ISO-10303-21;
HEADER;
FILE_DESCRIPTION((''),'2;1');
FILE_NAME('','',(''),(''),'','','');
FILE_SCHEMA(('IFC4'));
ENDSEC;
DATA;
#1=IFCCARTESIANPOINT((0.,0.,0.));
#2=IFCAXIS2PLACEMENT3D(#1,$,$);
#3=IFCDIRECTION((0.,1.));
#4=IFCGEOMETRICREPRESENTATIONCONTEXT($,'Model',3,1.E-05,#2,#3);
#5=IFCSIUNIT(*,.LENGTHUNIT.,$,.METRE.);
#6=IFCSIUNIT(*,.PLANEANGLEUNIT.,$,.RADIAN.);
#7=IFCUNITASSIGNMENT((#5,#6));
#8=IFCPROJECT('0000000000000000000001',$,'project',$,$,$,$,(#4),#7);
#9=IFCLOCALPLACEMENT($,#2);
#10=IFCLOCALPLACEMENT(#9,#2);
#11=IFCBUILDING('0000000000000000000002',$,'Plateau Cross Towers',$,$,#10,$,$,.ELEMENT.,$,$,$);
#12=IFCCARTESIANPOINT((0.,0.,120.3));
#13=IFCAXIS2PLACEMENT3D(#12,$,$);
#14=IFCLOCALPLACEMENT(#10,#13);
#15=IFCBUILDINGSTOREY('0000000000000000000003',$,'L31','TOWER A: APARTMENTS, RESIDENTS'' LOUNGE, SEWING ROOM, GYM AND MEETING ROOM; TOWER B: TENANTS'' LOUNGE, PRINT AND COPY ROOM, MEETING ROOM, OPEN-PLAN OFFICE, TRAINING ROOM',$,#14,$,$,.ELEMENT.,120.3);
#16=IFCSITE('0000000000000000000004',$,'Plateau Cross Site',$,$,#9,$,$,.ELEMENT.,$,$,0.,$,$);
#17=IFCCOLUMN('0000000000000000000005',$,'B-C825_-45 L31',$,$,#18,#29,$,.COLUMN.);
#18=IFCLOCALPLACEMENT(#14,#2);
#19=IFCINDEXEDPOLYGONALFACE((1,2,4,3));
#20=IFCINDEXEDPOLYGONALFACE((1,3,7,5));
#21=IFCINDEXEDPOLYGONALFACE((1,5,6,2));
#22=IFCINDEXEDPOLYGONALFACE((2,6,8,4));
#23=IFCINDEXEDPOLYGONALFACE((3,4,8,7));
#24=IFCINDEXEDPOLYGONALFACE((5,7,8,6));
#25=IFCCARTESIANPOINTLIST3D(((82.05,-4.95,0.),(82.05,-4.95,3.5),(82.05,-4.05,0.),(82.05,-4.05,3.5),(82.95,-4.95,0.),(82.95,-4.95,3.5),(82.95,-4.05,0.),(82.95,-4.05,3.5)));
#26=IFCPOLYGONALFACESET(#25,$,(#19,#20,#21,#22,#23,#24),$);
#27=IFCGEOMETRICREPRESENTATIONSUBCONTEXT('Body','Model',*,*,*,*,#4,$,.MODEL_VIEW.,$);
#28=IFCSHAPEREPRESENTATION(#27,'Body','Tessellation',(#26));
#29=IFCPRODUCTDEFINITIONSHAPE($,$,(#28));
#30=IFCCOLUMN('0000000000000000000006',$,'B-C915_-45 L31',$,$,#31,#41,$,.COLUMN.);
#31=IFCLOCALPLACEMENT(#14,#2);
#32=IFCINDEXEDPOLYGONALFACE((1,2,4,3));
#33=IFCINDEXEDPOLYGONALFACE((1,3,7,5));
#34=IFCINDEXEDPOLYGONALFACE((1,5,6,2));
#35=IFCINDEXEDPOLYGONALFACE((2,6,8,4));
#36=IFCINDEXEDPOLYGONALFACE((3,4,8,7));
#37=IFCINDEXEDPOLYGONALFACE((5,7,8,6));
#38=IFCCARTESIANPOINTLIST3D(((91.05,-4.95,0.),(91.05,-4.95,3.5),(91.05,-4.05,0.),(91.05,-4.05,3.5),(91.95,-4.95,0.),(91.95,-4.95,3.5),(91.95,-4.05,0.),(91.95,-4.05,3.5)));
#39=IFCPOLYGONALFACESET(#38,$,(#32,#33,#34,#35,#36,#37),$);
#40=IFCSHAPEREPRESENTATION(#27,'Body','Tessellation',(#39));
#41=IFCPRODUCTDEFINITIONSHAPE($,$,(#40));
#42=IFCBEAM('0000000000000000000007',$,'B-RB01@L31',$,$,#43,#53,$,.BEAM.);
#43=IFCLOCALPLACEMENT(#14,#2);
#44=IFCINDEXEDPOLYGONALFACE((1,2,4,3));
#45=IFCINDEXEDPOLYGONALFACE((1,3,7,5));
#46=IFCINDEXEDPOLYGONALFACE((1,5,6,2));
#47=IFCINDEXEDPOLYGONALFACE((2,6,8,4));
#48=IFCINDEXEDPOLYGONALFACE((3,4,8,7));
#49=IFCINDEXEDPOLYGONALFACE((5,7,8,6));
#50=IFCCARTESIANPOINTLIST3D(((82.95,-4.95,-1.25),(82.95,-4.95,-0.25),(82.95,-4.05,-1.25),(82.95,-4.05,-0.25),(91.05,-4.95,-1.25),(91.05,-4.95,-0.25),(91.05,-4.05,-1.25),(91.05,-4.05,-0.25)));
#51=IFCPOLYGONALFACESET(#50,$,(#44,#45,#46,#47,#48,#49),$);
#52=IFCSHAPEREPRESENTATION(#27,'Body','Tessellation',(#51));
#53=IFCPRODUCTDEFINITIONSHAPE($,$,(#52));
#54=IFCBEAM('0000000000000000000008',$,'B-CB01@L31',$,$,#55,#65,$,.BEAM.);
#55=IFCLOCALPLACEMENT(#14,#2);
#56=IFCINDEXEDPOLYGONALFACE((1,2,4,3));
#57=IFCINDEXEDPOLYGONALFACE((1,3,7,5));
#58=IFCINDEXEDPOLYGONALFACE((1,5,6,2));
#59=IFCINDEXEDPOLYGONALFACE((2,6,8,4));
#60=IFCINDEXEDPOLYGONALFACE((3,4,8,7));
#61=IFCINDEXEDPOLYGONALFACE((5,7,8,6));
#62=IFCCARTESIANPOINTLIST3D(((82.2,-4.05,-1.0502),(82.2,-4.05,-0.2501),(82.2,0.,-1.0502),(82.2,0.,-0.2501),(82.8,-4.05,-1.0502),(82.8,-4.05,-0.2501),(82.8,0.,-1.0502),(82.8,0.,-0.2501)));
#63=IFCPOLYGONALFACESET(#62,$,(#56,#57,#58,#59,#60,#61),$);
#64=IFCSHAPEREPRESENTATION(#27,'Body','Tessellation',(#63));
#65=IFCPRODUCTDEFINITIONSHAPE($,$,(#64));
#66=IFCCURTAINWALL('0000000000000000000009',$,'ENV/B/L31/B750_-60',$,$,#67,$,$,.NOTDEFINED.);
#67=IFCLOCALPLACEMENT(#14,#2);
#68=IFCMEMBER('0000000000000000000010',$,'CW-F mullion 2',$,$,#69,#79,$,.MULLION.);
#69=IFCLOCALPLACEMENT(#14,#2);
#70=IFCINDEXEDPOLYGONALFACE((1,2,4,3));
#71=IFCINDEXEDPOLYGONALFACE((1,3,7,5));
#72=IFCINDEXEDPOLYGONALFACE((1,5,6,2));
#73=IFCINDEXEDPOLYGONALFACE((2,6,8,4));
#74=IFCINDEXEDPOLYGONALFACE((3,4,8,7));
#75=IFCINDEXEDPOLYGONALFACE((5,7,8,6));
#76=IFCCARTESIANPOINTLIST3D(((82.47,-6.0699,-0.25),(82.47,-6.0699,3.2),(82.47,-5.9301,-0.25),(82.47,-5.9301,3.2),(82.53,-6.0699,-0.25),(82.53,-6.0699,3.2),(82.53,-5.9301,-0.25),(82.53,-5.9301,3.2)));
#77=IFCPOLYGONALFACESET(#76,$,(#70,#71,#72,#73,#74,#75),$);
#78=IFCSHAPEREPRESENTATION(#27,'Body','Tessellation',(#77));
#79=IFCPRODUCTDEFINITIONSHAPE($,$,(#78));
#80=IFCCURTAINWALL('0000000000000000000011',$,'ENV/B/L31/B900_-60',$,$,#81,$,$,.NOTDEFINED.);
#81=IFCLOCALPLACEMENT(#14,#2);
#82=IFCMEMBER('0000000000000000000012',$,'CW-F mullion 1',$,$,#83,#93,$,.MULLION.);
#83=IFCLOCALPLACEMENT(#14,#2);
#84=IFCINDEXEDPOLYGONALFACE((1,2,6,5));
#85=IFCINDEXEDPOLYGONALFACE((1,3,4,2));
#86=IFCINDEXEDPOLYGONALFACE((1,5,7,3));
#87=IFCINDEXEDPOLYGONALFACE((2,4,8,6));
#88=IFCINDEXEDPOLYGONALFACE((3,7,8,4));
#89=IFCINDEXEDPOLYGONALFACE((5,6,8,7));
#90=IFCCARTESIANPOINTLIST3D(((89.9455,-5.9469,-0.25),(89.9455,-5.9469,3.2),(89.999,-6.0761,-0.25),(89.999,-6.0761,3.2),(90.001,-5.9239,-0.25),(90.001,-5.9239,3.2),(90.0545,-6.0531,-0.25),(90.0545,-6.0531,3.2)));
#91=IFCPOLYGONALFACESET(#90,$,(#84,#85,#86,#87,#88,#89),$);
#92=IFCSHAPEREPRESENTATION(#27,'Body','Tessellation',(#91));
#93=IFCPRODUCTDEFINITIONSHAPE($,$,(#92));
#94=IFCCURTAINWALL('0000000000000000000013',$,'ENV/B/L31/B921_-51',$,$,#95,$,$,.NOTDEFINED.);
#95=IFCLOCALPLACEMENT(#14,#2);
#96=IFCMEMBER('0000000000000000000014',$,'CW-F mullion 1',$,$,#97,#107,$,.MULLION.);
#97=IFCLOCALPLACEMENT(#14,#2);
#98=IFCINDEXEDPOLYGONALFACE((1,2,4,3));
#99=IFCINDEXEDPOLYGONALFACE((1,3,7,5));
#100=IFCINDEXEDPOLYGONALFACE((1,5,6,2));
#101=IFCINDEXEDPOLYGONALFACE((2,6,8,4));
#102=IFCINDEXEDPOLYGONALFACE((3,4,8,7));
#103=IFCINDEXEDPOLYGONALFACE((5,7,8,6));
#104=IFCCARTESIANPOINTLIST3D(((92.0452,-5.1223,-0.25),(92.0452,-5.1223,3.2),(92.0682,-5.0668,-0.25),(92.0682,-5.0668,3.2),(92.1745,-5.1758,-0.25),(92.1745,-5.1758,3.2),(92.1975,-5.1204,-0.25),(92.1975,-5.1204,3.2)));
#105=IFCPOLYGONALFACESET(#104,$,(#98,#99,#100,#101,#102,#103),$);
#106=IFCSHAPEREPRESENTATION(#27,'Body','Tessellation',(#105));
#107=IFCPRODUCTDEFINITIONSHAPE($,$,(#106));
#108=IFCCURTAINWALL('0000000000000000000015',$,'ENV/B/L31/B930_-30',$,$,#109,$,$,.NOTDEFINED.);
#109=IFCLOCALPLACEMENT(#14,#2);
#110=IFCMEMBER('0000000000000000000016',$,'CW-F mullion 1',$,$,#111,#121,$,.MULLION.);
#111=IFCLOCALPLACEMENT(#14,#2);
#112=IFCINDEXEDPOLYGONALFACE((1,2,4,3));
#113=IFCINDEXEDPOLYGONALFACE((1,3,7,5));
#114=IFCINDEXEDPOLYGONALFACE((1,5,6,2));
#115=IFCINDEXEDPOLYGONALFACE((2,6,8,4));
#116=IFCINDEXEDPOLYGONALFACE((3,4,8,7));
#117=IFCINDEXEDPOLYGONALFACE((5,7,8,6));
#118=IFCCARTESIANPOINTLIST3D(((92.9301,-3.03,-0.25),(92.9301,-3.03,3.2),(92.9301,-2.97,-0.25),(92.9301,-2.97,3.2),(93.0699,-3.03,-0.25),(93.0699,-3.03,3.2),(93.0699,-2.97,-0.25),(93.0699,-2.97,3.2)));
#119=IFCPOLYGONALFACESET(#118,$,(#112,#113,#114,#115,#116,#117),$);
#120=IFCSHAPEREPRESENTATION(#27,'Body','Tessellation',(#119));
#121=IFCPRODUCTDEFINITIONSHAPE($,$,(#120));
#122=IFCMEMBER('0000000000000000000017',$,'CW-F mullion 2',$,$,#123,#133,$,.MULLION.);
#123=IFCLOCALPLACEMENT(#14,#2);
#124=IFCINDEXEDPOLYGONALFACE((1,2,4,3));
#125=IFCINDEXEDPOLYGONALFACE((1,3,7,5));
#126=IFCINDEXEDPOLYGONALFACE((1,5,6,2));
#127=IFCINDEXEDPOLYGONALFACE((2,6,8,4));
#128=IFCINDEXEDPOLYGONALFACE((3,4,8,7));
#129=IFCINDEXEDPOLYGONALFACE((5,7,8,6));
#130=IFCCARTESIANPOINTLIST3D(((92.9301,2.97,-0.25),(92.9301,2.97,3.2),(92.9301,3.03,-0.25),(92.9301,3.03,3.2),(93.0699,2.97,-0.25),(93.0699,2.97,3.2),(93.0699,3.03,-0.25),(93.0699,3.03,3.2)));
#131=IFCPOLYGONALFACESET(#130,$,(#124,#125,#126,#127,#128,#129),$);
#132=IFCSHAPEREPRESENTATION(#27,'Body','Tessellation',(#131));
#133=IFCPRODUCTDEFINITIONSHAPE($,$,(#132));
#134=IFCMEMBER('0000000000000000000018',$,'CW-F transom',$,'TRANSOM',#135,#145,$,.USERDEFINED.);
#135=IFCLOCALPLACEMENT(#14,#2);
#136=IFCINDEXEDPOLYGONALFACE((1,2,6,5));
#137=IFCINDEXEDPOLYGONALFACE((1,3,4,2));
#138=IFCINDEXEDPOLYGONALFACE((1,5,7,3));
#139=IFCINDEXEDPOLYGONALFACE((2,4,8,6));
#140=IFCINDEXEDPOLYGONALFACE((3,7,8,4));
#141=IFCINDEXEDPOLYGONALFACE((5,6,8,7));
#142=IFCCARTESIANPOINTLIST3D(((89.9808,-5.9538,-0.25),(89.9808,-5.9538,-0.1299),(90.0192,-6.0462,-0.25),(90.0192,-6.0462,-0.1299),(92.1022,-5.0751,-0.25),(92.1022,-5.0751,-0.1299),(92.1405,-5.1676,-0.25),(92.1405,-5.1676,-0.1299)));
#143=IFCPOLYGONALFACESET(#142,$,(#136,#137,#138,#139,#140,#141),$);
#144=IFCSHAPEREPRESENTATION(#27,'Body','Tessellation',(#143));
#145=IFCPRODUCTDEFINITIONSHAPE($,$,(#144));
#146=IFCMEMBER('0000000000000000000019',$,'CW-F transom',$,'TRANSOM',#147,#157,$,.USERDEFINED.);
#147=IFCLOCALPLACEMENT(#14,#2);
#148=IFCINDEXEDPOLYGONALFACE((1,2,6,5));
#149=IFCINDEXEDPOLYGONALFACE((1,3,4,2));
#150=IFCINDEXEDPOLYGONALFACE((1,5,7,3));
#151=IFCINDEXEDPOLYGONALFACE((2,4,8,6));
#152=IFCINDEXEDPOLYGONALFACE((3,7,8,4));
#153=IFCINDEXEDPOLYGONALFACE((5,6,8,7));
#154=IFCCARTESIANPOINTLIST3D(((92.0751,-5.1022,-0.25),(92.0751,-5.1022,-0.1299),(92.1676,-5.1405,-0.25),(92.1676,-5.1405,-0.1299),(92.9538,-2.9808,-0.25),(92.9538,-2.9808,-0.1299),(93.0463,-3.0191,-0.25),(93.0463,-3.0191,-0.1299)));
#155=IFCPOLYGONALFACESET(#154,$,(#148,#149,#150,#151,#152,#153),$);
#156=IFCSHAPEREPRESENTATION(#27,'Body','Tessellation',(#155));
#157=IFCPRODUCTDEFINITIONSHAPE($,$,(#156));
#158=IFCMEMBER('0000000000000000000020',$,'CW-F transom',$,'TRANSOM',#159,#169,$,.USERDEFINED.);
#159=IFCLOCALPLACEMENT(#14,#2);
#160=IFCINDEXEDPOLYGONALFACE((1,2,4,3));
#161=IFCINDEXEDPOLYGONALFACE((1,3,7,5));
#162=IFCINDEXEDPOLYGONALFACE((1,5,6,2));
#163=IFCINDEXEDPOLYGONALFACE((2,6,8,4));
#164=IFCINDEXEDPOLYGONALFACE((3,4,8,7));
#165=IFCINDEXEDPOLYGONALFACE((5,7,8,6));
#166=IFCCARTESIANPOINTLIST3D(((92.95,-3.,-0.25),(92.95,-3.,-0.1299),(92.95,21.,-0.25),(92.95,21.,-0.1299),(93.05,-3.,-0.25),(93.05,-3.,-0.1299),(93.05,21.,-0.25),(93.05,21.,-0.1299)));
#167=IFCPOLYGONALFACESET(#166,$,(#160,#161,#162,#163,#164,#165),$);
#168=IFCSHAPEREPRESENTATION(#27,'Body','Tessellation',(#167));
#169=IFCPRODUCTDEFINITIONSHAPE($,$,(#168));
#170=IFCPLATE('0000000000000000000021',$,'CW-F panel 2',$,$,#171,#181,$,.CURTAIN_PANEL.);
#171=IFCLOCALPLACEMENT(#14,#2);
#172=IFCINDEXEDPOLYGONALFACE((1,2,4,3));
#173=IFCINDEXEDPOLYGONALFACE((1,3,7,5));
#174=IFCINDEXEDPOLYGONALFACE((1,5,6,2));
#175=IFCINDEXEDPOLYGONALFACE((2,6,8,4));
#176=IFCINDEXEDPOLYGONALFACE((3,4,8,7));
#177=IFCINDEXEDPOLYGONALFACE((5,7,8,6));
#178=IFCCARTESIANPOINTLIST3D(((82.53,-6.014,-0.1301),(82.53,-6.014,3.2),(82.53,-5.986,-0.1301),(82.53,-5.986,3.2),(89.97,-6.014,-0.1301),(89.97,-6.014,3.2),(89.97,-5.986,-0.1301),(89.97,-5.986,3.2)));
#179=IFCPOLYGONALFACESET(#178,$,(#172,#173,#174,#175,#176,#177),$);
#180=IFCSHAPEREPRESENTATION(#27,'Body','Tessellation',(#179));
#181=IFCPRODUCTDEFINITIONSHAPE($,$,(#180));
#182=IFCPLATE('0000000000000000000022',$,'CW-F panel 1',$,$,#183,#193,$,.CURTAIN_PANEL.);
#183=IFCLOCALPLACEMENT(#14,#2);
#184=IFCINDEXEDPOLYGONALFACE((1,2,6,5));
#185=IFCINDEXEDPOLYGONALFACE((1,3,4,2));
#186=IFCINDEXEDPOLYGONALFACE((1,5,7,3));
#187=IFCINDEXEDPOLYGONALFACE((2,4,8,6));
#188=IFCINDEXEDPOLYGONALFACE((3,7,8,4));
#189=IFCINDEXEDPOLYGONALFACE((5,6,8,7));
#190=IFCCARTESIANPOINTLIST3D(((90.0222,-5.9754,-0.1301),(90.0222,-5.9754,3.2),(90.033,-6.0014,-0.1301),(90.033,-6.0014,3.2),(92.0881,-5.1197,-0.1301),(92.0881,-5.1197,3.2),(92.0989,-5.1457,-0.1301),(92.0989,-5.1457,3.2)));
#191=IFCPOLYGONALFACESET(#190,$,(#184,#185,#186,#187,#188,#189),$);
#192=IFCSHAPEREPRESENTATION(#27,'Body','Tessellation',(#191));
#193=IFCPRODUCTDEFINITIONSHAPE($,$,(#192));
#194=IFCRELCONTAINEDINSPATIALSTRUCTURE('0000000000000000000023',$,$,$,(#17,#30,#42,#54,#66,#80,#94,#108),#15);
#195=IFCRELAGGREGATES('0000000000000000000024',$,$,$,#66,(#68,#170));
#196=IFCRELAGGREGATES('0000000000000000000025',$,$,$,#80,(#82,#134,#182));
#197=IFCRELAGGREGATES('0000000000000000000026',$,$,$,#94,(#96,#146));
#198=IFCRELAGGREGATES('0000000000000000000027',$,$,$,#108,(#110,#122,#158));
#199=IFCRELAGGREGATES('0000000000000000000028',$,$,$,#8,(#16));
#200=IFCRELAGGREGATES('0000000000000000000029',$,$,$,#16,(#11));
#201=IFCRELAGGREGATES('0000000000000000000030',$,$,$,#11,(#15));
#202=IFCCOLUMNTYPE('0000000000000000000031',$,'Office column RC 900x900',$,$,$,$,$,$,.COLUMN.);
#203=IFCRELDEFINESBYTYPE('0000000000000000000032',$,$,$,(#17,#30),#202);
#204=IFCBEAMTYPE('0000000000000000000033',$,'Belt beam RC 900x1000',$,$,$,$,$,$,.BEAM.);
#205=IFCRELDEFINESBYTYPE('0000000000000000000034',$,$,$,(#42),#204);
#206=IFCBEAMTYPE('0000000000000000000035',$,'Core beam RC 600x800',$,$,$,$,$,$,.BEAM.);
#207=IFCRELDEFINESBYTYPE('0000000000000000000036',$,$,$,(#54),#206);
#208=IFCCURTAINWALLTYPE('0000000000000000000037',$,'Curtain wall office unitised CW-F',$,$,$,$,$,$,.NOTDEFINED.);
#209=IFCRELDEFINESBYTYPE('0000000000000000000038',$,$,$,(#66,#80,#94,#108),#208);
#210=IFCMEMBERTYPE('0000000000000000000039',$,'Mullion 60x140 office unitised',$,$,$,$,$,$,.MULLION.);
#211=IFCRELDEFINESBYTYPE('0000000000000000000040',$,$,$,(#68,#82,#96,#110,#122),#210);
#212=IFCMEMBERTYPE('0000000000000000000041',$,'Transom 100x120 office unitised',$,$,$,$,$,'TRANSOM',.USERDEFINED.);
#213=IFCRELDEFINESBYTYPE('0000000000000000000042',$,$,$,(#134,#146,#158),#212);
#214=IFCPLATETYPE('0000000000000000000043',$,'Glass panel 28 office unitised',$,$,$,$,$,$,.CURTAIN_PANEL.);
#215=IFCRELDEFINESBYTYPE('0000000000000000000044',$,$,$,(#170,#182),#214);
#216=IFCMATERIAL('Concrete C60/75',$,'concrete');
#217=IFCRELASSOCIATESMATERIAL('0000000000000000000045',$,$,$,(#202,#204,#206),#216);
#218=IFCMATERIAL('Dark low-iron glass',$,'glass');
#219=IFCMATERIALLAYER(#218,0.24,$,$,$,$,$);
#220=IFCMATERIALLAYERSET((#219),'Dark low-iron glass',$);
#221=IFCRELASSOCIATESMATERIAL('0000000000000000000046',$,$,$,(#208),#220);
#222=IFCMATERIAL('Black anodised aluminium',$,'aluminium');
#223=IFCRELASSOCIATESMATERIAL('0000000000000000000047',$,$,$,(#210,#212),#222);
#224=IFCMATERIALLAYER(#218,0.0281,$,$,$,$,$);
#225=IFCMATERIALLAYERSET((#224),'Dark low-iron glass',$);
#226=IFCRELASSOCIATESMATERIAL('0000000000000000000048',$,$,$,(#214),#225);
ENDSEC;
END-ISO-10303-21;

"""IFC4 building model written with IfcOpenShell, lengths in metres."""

from ifc_helpers import new_model, si_unit, direction, frame, origin, origin_2d, place, context, subcontext, project, spatial, rectangle, extrude, material, layer, layer_set, material_profile, profile_set, type_object, element, aggregate, save


model = new_model("IFC4")

# Units and contexts
model_context = context("Model", 3, precision=1e-05, world=origin(), true_north=direction((0.0, 1.0)))
body_context = subcontext(model_context, "Body", "Model", "MODEL_VIEW")
ifc_project = project(units=[si_unit("LENGTHUNIT", "METRE"), si_unit("PLANEANGLEUNIT", "RADIAN")], contexts=[model_context])

# Site, building, storey
site_placement = place(None, origin())
site = spatial("IfcSite", under=ifc_project, at=site_placement, Name="Plateau Cross Site", CompositionType="ELEMENT", RefElevation=0.0)
building_placement = place(site_placement, origin())
building = spatial("IfcBuilding", under=site, at=building_placement, Name="Plateau Cross Towers", CompositionType="ELEMENT")
storey_placement = place(building_placement, frame((0.0, 0.0, 120.3)))
storey = spatial("IfcBuildingStorey", under=building, at=storey_placement, Name="L31", Description="TOWER A: APARTMENTS, RESIDENTS' LOUNGE, SEWING ROOM, GYM AND MEETING ROOM; TOWER B: TENANTS' LOUNGE, PRINT AND COPY ROOM, MEETING ROOM, OPEN-PLAN OFFICE, TRAINING ROOM", CompositionType="ELEMENT", Elevation=120.3)

# Columns
ifc_material_1 = material(Name="Concrete C60/75", Category="concrete")
ifc_material_profile_1 = material_profile(ifc_material_1, rectangle(XDim=0.8999, YDim=0.8999, at=origin_2d()), Name="RC 900x900")
ifc_profile_set_1 = profile_set([ifc_material_profile_1], Name="Concrete C60/75")
column_type = type_object("IfcColumnType", Name="Office column RC 900x900", PredefinedType="COLUMN", material=ifc_profile_set_1)
for number, where, z_axis, x_axis, name in (
    (1, (82.5, -4.5, 0.0), (0.0, 0.0, 1.0), (1.0, 0.0, 0.0), "B-C825_-45 L31"),
    (2, (91.5, -4.5, 0.0), (0.0, 0.0, 1.0), (1.0, 0.0, 0.0), "B-C915_-45 L31"),
):
    element("IfcColumn", number, at=place(storey_placement, frame(where, z_axis=z_axis, x_axis=x_axis)), inside=storey, type_object=column_type, Name=name, PredefinedType="COLUMN", context=body_context, shape_type="SweptSolid", body=[
        extrude(rectangle(XDim=0.8999, YDim=0.8999, at=origin_2d()), origin(), (0.0, 0.0, 1.0), 3.5),
    ])

# Beams
ifc_material_profile_2 = material_profile(ifc_material_1, rectangle(XDim=0.8999, YDim=1.0, at=origin_2d()), Name="RC 900x1000")
ifc_profile_set_2 = profile_set([ifc_material_profile_2], Name="Concrete C60/75")
beam_type_1 = type_object("IfcBeamType", Name="Belt beam RC 900x1000", PredefinedType="BEAM", material=ifc_profile_set_2)
beam_1_placement = place(storey_placement, frame((82.95, -4.5, -0.75), z_axis=(1.0, 0.0, 0.0), x_axis=(0.0, 1.0, 0.0)))
element("IfcBeam", 3, at=beam_1_placement, inside=storey, type_object=beam_type_1, Name="B-RB01@L31", PredefinedType="BEAM", context=body_context, shape_type="SweptSolid", body=[
    extrude(rectangle(XDim=0.8999, YDim=1.0, at=origin_2d()), origin(), (0.0, 0.0, 1.0), 8.1001),
])
ifc_material_profile_3 = material_profile(ifc_material_1, rectangle(XDim=0.6001, YDim=0.8, at=origin_2d()), Name="RC 600x800")
ifc_profile_set_3 = profile_set([ifc_material_profile_3], Name="Concrete C60/75")
beam_type_2 = type_object("IfcBeamType", Name="Core beam RC 600x800", PredefinedType="BEAM", material=ifc_profile_set_3)
beam_2_placement = place(storey_placement, frame((82.5, 0.0, -0.6501), z_axis=(0.0, -1.0, 0.0), x_axis=(1.0, 0.0, 0.0)))
element("IfcBeam", 4, at=beam_2_placement, inside=storey, type_object=beam_type_2, Name="B-CB01@L31", PredefinedType="BEAM", context=body_context, shape_type="SweptSolid", body=[
    extrude(rectangle(XDim=0.6001, YDim=0.8, at=origin_2d()), origin(), (0.0, 0.0, 1.0), 4.05),
])

# Curtain walls, members
ifc_material_2 = material(Name="Dark low-iron glass", Category="glass")
ifc_layer_1 = layer(ifc_material_2, 0.24)
ifc_layer_set_1 = layer_set([ifc_layer_1], Name="Dark low-iron glass")
curtain_wall_type = type_object("IfcCurtainWallType", Name="Curtain wall office unitised CW-F", PredefinedType="NOTDEFINED", material=ifc_layer_set_1)
curtain_wall_1_placement = place(storey_placement, origin())
curtain_wall_1 = element("IfcCurtainWall", 5, at=curtain_wall_1_placement, inside=storey, type_object=curtain_wall_type, Name="ENV/B/L31/B750_-60", PredefinedType="NOTDEFINED")
ifc_material_3 = material(Name="Black anodised aluminium", Category="aluminium")
ifc_material_profile_4 = material_profile(ifc_material_3, rectangle(XDim=0.0601, YDim=0.1399, at=origin_2d()), Name="MULLION 60x140")
ifc_profile_set_4 = profile_set([ifc_material_profile_4], Name="Black anodised aluminium")
member_type_1 = type_object("IfcMemberType", Name="Mullion 60x140 office unitised", PredefinedType="MULLION", material=ifc_profile_set_4)
member_1_placement = place(storey_placement, frame((82.5, -6.0, -0.25), z_axis=(0.0, 0.0, 1.0), x_axis=(1.0, 0.0, 0.0)))
member_1 = element("IfcMember", 6, at=member_1_placement, type_object=member_type_1, Name="CW-F mullion 2", PredefinedType="MULLION", context=body_context, shape_type="SweptSolid", body=[
    extrude(rectangle(XDim=0.0601, YDim=0.1399, at=origin_2d()), origin(), (0.0, 0.0, 1.0), 3.45),
])
curtain_wall_2_placement = place(storey_placement, origin())
curtain_wall_2 = element("IfcCurtainWall", 7, at=curtain_wall_2_placement, inside=storey, type_object=curtain_wall_type, Name="ENV/B/L31/B900_-60", PredefinedType="NOTDEFINED")
member_2_placement = place(storey_placement, frame((90.0, -6.0, -0.25), z_axis=(0.0, 0.0, 1.0), x_axis=(0.923879, 0.382684, 0.0)))
member_2 = element("IfcMember", 8, at=member_2_placement, type_object=member_type_1, Name="CW-F mullion 1", PredefinedType="MULLION", context=body_context, shape_type="SweptSolid", body=[
    extrude(rectangle(XDim=0.0601, YDim=0.1399, at=origin_2d()), origin(), (0.0, 0.0, 1.0), 3.45),
])
curtain_wall_3_placement = place(storey_placement, origin())
curtain_wall_3 = element("IfcCurtainWall", 9, at=curtain_wall_3_placement, inside=storey, type_object=curtain_wall_type, Name="ENV/B/L31/B921_-51", PredefinedType="NOTDEFINED")
member_3_placement = place(storey_placement, frame((92.1213, -5.1213, -0.25), z_axis=(0.0, 0.0, 1.0), x_axis=(0.382684, 0.923879, 0.0)))
member_3 = element("IfcMember", 10, at=member_3_placement, type_object=member_type_1, Name="CW-F mullion 1", PredefinedType="MULLION", context=body_context, shape_type="SweptSolid", body=[
    extrude(rectangle(XDim=0.0601, YDim=0.1399, at=origin_2d()), origin(), (0.0, 0.0, 1.0), 3.45),
])

# Curtain wall, members
curtain_wall_4_placement = place(storey_placement, origin())
curtain_wall_4 = element("IfcCurtainWall", 11, at=curtain_wall_4_placement, inside=storey, type_object=curtain_wall_type, Name="ENV/B/L31/B930_-30", PredefinedType="NOTDEFINED")
member_4_placement = place(storey_placement, frame((93.0, -3.0, -0.25), z_axis=(0.0, 0.0, 1.0), x_axis=(0.0, 1.0, 0.0)))
member_4 = element("IfcMember", 12, at=member_4_placement, type_object=member_type_1, Name="CW-F mullion 1", PredefinedType="MULLION", context=body_context, shape_type="SweptSolid", body=[
    extrude(rectangle(XDim=0.0601, YDim=0.1399, at=origin_2d()), origin(), (0.0, 0.0, 1.0), 3.45),
])
member_5_placement = place(storey_placement, frame((93.0, 3.0, -0.25), z_axis=(0.0, 0.0, 1.0), x_axis=(0.0, 1.0, 0.0)))
member_5 = element("IfcMember", 13, at=member_5_placement, type_object=member_type_1, Name="CW-F mullion 2", PredefinedType="MULLION", context=body_context, shape_type="SweptSolid", body=[
    extrude(rectangle(XDim=0.0601, YDim=0.1399, at=origin_2d()), origin(), (0.0, 0.0, 1.0), 3.45),
])

# Members
ifc_material_profile_5 = material_profile(ifc_material_3, rectangle(XDim=0.1001, YDim=0.1201, at=origin_2d()), Name="TRANSOM 100x120")
ifc_profile_set_5 = profile_set([ifc_material_profile_5], Name="Black anodised aluminium")
member_type_2 = type_object("IfcMemberType", Name="Transom 100x120 office unitised", ElementType="TRANSOM", PredefinedType="USERDEFINED", material=ifc_profile_set_5)
member_6_placement = place(storey_placement, frame((90.0, -6.0, -0.1899), z_axis=(0.923883, 0.382674, 0.0), x_axis=(-0.382674, 0.923883, 0.0)))
member_6 = element("IfcMember", 14, at=member_6_placement, type_object=member_type_2, Name="CW-F transom", ObjectType="TRANSOM", PredefinedType="USERDEFINED", context=body_context, shape_type="SweptSolid", body=[
    extrude(rectangle(XDim=0.1001, YDim=0.1201, at=origin_2d()), origin(), (0.0, 0.0, 1.0), 2.2961),
])
member_7_placement = place(storey_placement, frame((92.1213, -5.1213, -0.1899), z_axis=(0.382674, 0.923883, 0.0), x_axis=(-0.923883, 0.382674, 0.0)))
member_7 = element("IfcMember", 15, at=member_7_placement, type_object=member_type_2, Name="CW-F transom", ObjectType="TRANSOM", PredefinedType="USERDEFINED", context=body_context, shape_type="SweptSolid", body=[
    extrude(rectangle(XDim=0.1001, YDim=0.1201, at=origin_2d()), origin(), (0.0, 0.0, 1.0), 2.2961),
])
member_8_placement = place(storey_placement, frame((93.0, -3.0, -0.1899), z_axis=(0.0, 1.0, 0.0), x_axis=(-1.0, 0.0, 0.0)))
member_8 = element("IfcMember", 16, at=member_8_placement, type_object=member_type_2, Name="CW-F transom", ObjectType="TRANSOM", PredefinedType="USERDEFINED", context=body_context, shape_type="SweptSolid", body=[
    extrude(rectangle(XDim=0.1001, YDim=0.1201, at=origin_2d()), origin(), (0.0, 0.0, 1.0), 24.0),
])

# Plates
ifc_layer_2 = layer(ifc_material_2, 0.0281)
ifc_layer_set_2 = layer_set([ifc_layer_2], Name="Dark low-iron glass")
plate_type = type_object("IfcPlateType", Name="Glass panel 28 office unitised", PredefinedType="CURTAIN_PANEL", material=ifc_layer_set_2)
plate_1_placement = place(storey_placement, frame((86.25, -6.0, -0.1301), z_axis=(0.0, 0.0, 1.0), x_axis=(1.0, 0.0, 0.0)))
plate_1 = element("IfcPlate", 17, at=plate_1_placement, type_object=plate_type, Name="CW-F panel 2", PredefinedType="CURTAIN_PANEL", context=body_context, shape_type="SweptSolid", body=[
    extrude(rectangle(XDim=7.4399, YDim=0.0281, at=origin_2d()), origin(), (0.0, 0.0, 1.0), 3.3301),
])
aggregate(curtain_wall_1, [member_1, plate_1])
plate_2_placement = place(storey_placement, frame((91.0605, -5.5605, -0.1301), z_axis=(0.0, 0.0, 1.0), x_axis=(0.923879, 0.382684, 0.0)))
plate_2 = element("IfcPlate", 18, at=plate_2_placement, type_object=plate_type, Name="CW-F panel 1", PredefinedType="CURTAIN_PANEL", context=body_context, shape_type="SweptSolid", body=[
    extrude(rectangle(XDim=2.2361, YDim=0.0281, at=origin_2d()), origin(), (0.0, 0.0, 1.0), 3.3301),
])
aggregate(curtain_wall_2, [member_2, member_6, plate_2])
aggregate(curtain_wall_3, [member_3, member_7])
aggregate(curtain_wall_4, [member_4, member_5, member_8])

save(model, "model.ifc")
